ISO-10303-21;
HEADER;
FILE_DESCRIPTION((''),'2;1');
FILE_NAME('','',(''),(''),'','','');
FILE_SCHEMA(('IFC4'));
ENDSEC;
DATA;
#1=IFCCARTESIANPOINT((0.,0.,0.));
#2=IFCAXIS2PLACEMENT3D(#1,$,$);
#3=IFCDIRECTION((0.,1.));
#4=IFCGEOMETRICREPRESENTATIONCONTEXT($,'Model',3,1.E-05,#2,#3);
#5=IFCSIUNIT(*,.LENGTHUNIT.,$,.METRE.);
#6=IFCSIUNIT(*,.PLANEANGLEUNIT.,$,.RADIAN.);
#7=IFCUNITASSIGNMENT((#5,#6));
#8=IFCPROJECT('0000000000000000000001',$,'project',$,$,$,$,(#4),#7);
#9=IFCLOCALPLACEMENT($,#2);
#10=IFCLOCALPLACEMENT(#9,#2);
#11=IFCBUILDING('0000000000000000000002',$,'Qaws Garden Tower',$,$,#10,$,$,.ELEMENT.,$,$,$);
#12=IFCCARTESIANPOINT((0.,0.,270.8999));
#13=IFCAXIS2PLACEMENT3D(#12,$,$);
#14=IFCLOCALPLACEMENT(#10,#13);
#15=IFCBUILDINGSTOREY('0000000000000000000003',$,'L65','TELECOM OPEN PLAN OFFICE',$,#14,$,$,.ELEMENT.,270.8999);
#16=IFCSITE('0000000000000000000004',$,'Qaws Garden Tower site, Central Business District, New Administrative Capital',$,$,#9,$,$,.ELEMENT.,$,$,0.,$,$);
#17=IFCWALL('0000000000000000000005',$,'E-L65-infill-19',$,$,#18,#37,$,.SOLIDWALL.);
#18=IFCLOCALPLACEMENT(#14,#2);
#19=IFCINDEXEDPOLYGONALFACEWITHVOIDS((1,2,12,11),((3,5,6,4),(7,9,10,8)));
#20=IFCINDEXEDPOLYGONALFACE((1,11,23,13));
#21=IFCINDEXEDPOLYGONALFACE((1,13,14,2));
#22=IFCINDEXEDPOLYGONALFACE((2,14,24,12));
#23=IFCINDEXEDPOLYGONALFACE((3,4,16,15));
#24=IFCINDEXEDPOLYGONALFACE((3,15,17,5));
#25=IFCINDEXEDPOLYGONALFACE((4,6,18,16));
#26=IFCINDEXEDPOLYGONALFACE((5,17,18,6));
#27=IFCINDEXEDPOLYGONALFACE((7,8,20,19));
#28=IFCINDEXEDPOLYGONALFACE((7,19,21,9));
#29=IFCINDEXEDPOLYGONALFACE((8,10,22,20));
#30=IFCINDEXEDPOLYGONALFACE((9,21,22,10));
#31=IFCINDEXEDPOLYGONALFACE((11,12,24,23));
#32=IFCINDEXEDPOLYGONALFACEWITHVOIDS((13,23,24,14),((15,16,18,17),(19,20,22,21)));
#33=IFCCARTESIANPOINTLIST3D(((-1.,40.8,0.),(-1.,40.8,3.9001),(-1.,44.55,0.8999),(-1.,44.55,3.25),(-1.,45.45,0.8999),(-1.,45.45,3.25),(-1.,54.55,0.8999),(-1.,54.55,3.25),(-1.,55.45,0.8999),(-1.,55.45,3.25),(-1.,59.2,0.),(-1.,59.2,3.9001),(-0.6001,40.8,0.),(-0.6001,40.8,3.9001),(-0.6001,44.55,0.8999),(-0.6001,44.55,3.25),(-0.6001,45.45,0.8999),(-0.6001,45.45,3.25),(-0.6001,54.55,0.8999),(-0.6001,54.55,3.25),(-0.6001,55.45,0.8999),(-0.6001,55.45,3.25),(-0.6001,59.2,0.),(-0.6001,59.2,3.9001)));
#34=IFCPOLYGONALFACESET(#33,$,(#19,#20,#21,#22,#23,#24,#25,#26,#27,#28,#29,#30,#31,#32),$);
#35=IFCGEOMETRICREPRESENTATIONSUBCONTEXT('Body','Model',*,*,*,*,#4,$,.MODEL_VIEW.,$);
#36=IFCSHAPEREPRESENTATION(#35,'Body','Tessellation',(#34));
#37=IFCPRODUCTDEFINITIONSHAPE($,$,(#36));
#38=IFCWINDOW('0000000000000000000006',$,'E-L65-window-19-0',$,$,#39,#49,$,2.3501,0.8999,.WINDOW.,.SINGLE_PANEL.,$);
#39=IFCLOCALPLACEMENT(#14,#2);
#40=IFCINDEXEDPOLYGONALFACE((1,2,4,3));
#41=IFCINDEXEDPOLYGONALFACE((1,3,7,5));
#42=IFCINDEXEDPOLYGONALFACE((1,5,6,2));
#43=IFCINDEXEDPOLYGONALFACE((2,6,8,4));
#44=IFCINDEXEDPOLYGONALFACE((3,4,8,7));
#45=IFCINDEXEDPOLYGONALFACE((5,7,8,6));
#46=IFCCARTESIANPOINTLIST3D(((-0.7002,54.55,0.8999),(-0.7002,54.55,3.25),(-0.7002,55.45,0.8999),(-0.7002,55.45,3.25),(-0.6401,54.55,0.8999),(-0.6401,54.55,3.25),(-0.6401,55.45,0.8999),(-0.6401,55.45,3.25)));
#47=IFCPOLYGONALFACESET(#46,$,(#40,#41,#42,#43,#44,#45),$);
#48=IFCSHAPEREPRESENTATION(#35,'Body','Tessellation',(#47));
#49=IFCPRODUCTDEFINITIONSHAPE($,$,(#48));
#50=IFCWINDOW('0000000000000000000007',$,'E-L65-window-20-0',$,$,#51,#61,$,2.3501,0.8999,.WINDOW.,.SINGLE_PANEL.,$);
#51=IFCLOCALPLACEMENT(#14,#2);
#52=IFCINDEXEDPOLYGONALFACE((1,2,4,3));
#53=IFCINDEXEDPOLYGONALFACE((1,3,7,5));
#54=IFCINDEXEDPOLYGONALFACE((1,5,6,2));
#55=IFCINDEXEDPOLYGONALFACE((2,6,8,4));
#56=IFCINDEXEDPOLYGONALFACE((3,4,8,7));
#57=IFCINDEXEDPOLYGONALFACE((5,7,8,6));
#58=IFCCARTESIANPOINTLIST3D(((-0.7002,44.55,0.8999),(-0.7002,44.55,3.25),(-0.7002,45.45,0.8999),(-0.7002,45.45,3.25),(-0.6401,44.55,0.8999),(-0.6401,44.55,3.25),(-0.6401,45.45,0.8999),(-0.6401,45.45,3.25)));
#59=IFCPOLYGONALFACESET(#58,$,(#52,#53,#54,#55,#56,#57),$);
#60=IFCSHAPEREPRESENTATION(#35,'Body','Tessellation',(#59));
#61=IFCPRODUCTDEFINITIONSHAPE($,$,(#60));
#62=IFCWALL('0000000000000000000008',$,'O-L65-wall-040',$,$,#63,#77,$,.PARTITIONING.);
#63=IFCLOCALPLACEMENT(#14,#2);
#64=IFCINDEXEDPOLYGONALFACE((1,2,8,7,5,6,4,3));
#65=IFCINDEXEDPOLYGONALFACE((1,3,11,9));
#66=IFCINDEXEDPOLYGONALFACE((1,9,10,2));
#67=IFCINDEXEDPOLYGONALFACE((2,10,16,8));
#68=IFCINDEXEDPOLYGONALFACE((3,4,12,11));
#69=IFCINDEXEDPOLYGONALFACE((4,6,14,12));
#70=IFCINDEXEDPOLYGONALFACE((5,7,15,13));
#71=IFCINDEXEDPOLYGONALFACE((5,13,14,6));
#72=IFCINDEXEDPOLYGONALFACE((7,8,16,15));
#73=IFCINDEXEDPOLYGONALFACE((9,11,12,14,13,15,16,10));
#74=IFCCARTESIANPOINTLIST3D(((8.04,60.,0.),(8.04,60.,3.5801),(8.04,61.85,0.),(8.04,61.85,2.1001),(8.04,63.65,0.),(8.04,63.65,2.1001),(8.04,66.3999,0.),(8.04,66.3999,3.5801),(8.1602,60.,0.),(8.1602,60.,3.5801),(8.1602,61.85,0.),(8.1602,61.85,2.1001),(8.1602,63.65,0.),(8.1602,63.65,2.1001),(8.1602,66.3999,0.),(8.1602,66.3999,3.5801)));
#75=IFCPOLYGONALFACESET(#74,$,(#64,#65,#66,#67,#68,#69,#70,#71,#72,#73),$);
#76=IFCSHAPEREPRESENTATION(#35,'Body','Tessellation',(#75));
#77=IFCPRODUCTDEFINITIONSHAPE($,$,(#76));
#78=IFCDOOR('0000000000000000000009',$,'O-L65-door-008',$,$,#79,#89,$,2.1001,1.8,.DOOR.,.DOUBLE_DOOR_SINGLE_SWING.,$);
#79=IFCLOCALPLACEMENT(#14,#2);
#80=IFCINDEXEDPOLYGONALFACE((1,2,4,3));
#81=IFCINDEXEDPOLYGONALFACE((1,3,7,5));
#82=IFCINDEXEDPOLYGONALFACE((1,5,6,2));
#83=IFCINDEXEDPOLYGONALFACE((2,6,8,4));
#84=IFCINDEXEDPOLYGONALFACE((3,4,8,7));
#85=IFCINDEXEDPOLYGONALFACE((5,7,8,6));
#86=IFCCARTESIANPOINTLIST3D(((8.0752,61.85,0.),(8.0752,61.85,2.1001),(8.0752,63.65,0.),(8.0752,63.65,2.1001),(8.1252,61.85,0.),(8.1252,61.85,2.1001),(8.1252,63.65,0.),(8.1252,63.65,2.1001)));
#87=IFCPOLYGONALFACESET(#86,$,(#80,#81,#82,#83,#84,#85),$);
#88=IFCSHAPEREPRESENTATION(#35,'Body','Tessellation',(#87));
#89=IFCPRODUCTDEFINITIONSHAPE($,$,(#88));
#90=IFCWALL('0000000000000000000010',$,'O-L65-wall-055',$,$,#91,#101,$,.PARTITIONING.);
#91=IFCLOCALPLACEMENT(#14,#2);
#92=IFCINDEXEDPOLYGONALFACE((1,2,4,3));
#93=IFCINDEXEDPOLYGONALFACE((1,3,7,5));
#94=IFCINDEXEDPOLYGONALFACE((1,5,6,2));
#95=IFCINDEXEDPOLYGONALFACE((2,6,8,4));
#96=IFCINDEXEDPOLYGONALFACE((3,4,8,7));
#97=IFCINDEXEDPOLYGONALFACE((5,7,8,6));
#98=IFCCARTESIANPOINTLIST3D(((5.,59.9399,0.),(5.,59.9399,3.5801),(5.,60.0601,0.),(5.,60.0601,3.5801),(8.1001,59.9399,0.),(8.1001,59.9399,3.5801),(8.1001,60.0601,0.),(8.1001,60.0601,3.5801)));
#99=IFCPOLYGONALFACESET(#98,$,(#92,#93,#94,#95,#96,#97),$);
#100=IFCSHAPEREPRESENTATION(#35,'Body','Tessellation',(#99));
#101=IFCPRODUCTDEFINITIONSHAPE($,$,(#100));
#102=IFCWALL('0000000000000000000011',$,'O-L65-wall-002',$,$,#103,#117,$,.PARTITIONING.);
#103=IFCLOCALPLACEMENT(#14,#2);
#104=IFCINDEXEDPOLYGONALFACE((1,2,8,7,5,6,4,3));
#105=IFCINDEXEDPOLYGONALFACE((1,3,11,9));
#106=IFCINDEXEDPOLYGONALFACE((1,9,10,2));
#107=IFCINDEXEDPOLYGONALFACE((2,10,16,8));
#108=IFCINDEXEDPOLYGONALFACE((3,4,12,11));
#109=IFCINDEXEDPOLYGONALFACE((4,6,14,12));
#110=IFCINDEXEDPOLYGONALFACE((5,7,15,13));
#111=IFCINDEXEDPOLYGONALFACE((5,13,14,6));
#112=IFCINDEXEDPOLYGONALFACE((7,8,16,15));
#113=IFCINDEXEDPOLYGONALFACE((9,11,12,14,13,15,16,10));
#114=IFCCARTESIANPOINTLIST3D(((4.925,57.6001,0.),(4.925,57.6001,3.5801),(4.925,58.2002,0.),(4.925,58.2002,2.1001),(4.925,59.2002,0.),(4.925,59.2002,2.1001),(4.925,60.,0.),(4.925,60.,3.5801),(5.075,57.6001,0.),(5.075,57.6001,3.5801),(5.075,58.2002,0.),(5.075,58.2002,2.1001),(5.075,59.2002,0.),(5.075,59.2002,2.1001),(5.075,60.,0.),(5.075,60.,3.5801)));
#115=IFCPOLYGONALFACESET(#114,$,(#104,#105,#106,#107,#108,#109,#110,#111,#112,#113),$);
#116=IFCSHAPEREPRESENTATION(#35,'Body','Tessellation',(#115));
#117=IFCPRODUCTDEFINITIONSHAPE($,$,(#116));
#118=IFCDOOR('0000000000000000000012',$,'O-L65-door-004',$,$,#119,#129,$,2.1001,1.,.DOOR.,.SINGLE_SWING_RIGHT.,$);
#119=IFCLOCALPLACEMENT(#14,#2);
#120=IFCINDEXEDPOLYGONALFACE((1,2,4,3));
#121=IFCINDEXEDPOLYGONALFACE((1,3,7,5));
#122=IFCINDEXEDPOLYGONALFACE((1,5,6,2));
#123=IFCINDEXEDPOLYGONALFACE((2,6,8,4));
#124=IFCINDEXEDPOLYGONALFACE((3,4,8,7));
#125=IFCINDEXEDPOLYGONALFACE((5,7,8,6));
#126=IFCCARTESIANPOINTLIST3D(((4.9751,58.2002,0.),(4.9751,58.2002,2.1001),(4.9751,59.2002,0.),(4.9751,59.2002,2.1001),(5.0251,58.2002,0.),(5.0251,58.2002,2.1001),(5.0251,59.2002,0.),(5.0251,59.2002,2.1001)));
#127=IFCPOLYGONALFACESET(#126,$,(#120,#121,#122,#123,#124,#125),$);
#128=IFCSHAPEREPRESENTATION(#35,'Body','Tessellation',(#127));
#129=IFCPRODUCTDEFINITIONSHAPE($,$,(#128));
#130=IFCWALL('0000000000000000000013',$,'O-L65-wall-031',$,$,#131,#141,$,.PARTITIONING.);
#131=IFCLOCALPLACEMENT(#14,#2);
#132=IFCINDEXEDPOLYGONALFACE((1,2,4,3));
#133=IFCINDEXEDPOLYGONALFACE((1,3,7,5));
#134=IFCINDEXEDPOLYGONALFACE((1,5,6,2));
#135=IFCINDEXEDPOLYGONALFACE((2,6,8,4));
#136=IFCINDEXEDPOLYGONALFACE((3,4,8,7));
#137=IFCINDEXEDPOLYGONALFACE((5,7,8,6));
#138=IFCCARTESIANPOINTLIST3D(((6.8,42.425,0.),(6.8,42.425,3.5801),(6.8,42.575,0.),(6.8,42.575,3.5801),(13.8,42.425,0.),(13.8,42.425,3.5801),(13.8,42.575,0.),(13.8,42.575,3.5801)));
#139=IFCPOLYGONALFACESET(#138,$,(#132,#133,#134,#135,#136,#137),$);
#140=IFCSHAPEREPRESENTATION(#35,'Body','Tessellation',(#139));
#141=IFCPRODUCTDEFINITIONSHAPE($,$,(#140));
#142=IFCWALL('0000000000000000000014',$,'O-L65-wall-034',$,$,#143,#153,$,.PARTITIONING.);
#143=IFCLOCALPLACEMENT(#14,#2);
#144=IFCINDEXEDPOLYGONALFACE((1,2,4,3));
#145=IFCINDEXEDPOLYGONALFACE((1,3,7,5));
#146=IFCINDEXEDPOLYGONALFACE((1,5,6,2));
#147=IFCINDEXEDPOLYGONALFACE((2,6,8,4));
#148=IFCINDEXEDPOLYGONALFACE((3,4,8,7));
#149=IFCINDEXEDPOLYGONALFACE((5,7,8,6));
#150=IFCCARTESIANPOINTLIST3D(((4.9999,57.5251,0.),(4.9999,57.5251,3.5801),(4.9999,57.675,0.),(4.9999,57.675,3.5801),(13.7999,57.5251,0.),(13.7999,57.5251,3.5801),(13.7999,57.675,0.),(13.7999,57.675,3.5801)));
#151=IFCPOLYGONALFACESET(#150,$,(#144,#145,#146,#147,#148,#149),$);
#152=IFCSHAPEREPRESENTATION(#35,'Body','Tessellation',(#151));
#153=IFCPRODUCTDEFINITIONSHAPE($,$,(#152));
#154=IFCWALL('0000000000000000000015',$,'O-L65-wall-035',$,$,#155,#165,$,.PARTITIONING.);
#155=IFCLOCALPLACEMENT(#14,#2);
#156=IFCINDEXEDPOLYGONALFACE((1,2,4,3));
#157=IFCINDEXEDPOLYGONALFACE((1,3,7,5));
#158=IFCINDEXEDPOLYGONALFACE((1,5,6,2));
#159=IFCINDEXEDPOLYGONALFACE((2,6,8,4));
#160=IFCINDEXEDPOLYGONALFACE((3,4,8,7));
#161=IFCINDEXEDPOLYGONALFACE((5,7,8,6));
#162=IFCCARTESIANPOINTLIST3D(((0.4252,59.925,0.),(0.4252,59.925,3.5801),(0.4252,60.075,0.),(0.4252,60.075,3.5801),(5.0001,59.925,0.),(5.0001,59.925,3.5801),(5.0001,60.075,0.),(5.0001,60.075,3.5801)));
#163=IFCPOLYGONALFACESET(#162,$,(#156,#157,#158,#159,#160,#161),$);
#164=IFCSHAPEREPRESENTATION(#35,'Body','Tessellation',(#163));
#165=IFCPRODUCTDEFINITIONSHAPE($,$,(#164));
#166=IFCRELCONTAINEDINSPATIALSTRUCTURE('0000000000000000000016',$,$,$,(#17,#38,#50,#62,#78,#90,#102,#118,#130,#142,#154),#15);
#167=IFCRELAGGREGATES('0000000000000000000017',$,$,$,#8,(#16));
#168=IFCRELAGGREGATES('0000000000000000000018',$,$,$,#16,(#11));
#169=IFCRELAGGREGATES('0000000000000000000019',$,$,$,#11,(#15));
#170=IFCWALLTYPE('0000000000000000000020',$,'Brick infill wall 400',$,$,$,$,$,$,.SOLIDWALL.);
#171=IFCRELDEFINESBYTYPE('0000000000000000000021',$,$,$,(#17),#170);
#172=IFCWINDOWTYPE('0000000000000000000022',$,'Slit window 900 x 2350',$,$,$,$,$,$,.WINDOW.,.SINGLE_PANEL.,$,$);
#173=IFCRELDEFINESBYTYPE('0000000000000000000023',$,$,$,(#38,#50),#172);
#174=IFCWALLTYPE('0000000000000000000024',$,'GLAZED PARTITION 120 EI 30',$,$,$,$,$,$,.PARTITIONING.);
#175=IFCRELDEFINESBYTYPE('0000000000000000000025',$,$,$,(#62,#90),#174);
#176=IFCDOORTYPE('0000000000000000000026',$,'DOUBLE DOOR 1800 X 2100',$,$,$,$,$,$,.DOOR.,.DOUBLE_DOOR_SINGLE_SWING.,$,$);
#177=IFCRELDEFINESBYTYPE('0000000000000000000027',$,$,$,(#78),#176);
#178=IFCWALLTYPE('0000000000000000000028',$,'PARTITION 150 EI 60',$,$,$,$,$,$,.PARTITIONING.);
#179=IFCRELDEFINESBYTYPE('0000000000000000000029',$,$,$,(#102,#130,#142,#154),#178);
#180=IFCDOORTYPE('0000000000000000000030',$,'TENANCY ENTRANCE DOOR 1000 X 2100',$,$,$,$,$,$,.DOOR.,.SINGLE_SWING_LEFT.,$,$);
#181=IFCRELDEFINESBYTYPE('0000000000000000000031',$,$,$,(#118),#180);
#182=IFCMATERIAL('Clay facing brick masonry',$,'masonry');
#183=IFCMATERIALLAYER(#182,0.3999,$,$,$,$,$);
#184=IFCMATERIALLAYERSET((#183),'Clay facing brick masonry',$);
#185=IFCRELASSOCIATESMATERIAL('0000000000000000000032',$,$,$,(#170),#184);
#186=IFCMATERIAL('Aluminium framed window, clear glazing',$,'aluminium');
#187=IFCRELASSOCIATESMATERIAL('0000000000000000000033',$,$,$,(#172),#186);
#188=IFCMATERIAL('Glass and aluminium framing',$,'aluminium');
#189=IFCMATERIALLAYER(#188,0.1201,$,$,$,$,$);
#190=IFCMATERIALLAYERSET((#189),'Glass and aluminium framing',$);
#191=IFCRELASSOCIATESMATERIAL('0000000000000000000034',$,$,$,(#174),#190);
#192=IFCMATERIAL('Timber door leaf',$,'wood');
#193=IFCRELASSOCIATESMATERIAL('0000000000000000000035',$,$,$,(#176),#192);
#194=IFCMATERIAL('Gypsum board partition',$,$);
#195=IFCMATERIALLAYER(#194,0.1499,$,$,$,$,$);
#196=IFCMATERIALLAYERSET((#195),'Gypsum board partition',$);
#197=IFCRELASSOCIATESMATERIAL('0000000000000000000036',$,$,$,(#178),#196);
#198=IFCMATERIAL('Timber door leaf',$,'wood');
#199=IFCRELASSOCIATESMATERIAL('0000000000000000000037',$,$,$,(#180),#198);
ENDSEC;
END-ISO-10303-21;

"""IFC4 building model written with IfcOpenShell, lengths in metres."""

from ifc_helpers import new_model, si_unit, direction, frame, frame_2d, origin, place, context, subcontext, project, spatial, rectangle, extrude, material, layer, layer_set, type_object, element, fill, save


model = new_model("IFC4")

# Units and contexts
model_context = context("Model", 3, precision=1e-05, world=origin(), true_north=direction((0.0, 1.0)))
body_context = subcontext(model_context, "Body", "Model", "MODEL_VIEW")
ifc_project = project(units=[si_unit("LENGTHUNIT", "METRE"), si_unit("PLANEANGLEUNIT", "RADIAN")], contexts=[model_context])

# Site, building, storey
site_placement = place(None, origin())
site = spatial("IfcSite", under=ifc_project, at=site_placement, Name="Qaws Garden Tower site, Central Business District, New Administrative Capital", CompositionType="ELEMENT", RefElevation=0.0)
building_placement = place(site_placement, origin())
building = spatial("IfcBuilding", under=site, at=building_placement, Name="Qaws Garden Tower", CompositionType="ELEMENT")
storey_placement = place(building_placement, frame((0.0, 0.0, 270.8999)))
storey = spatial("IfcBuildingStorey", under=building, at=storey_placement, Name="L65", Description="TELECOM OPEN PLAN OFFICE", CompositionType="ELEMENT", Elevation=270.8999)

# Shared definitions
ifc_material_1 = material(Name="Clay facing brick masonry", Category="masonry")
ifc_layer_1 = layer(ifc_material_1, 0.3999)
ifc_layer_set_1 = layer_set([ifc_layer_1], Name="Clay facing brick masonry")
wall_type_1 = type_object("IfcWallType", Name="Brick infill wall 400", PredefinedType="SOLIDWALL", material=ifc_layer_set_1)

# Wall, openings, windows
wall_1_placement = place(storey_placement, frame((-0.8, 59.2, 0.0), z_axis=(0.0, 0.0, 1.0), x_axis=(0.0, -1.0, 0.0)))
wall_1 = element("IfcWall", 1, at=wall_1_placement, inside=storey, type_object=wall_type_1, Name="E-L65-infill-19", PredefinedType="SOLIDWALL", context=body_context, shape_type="SweptSolid", body=[
    extrude(rectangle(XDim=18.3999, YDim=0.3999, at=frame_2d((9.2, 0.0))), origin(), (0.0, 0.0, 1.0), 3.9001),
])
opening_1_placement = place(wall_1_placement, frame((3.75, 0.0, 0.8999)))
opening_1 = element("IfcOpeningElement", 2, at=opening_1_placement, cuts=wall_1, PredefinedType="OPENING", context=body_context, shape_type="SweptSolid", body=[
    extrude(rectangle(XDim=0.8999, YDim=2.3501, at=frame_2d((0.45, 1.175))), frame((0.0, 0.21, 0.0), z_axis=(0.0, -1.0, 0.0), x_axis=(1.0, 0.0, 0.0)), (0.0, 0.0, 1.0), 0.4199),
])
opening_2_placement = place(wall_1_placement, frame((13.75, 0.0, 0.8999)))
opening_2 = element("IfcOpeningElement", 3, at=opening_2_placement, cuts=wall_1, PredefinedType="OPENING", context=body_context, shape_type="SweptSolid", body=[
    extrude(rectangle(XDim=0.8999, YDim=2.3501, at=frame_2d((0.45, 1.175))), frame((0.0, 0.21, 0.0), z_axis=(0.0, -1.0, 0.0), x_axis=(1.0, 0.0, 0.0)), (0.0, 0.0, 1.0), 0.4199),
])
ifc_material_2 = material(Name="Aluminium framed window, clear glazing", Category="aluminium")
window_type_1 = type_object("IfcWindowType", Name="Slit window 900 x 2350", PartitioningType="SINGLE_PANEL", PredefinedType="WINDOW", material=ifc_material_2)
window_1_placement = place(opening_1_placement, origin())
window_1 = element("IfcWindow", 4, at=window_1_placement, inside=storey, type_object=window_type_1, Name="E-L65-window-19-0", OverallHeight=2.3501, OverallWidth=0.8999, PartitioningType="SINGLE_PANEL", PredefinedType="WINDOW", context=body_context, shape_type="SweptSolid", body=[
    extrude(rectangle(XDim=0.8999, YDim=2.3501, at=frame_2d((0.45, 1.175))), frame((0.0, 0.1599, 0.0), z_axis=(0.0, -1.0, 0.0), x_axis=(1.0, 0.0, 0.0)), (0.0, 0.0, 1.0), 0.0601),
])
fill(opening_1, window_1)
window_2_placement = place(opening_2_placement, origin())
window_2 = element("IfcWindow", 5, at=window_2_placement, inside=storey, type_object=window_type_1, Name="E-L65-window-20-0", OverallHeight=2.3501, OverallWidth=0.8999, PartitioningType="SINGLE_PANEL", PredefinedType="WINDOW", context=body_context, shape_type="SweptSolid", body=[
    extrude(rectangle(XDim=0.8999, YDim=2.3501, at=frame_2d((0.45, 1.175))), frame((0.0, 0.1599, 0.0), z_axis=(0.0, -1.0, 0.0), x_axis=(1.0, 0.0, 0.0)), (0.0, 0.0, 1.0), 0.0601),
])
fill(opening_2, window_2)

# Wall, opening, door
ifc_material_3 = material(Name="Glass and aluminium framing", Category="aluminium")
ifc_layer_2 = layer(ifc_material_3, 0.1201)
ifc_layer_set_2 = layer_set([ifc_layer_2], Name="Glass and aluminium framing")
wall_type_2 = type_object("IfcWallType", Name="GLAZED PARTITION 120 EI 30", PredefinedType="PARTITIONING", material=ifc_layer_set_2)
wall_2_placement = place(storey_placement, frame((8.1001, 60.0, 0.0), z_axis=(0.0, 0.0, 1.0), x_axis=(0.0, 1.0, 0.0)))
wall_2 = element("IfcWall", 6, at=wall_2_placement, inside=storey, type_object=wall_type_2, Name="O-L65-wall-040", PredefinedType="PARTITIONING", context=body_context, shape_type="SweptSolid", body=[
    extrude(rectangle(XDim=6.3999, YDim=0.1201, at=frame_2d((3.2, 0.0))), origin(), (0.0, 0.0, 1.0), 3.5801),
])
opening_3_placement = place(wall_2_placement, frame((1.8501, 0.0, 0.0)))
opening_3 = element("IfcOpeningElement", 7, at=opening_3_placement, cuts=wall_2, PredefinedType="OPENING", context=body_context, shape_type="SweptSolid", body=[
    extrude(rectangle(XDim=1.8, YDim=2.1001, at=frame_2d((0.8999, 1.05))), frame((0.0, 0.0701, 0.0), z_axis=(0.0, -1.0, 0.0), x_axis=(1.0, 0.0, 0.0)), (0.0, 0.0, 1.0), 0.1401),
])
ifc_material_4 = material(Name="Timber door leaf", Category="wood")
door_type_1 = type_object("IfcDoorType", Name="DOUBLE DOOR 1800 X 2100", OperationType="DOUBLE_DOOR_SINGLE_SWING", PredefinedType="DOOR", material=ifc_material_4)
door_1_placement = place(opening_3_placement, origin())
door_1 = element("IfcDoor", 8, at=door_1_placement, inside=storey, type_object=door_type_1, Name="O-L65-door-008", OperationType="DOUBLE_DOOR_SINGLE_SWING", OverallHeight=2.1001, OverallWidth=1.8, PredefinedType="DOOR", context=body_context, shape_type="SweptSolid", body=[
    extrude(rectangle(XDim=1.8, YDim=2.1001, at=frame_2d((0.8999, 1.05))), frame((0.0, 0.0249, 0.0), z_axis=(0.0, -1.0, 0.0), x_axis=(1.0, 0.0, 0.0)), (0.0, 0.0, 1.0), 0.05),
])
fill(opening_3, door_1)

# Wall
wall_3_placement = place(storey_placement, frame((5.0, 60.0, 0.0), z_axis=(0.0, 0.0, 1.0), x_axis=(1.0, 0.0, 0.0)))
element("IfcWall", 9, at=wall_3_placement, inside=storey, type_object=wall_type_2, Name="O-L65-wall-055", PredefinedType="PARTITIONING", context=body_context, shape_type="SweptSolid", body=[
    extrude(rectangle(XDim=3.1001, YDim=0.1201, at=frame_2d((1.55, 0.0))), origin(), (0.0, 0.0, 1.0), 3.5801),
])

# Wall, opening, door
ifc_material_5 = material(Name="Gypsum board partition")
ifc_layer_3 = layer(ifc_material_5, 0.1499)
ifc_layer_set_3 = layer_set([ifc_layer_3], Name="Gypsum board partition")
wall_type_3 = type_object("IfcWallType", Name="PARTITION 150 EI 60", PredefinedType="PARTITIONING", material=ifc_layer_set_3)
wall_4_placement = place(storey_placement, frame((5.0, 57.6001, 0.0), z_axis=(0.0, 0.0, 1.0), x_axis=(0.0, 1.0, 0.0)))
wall_4 = element("IfcWall", 10, at=wall_4_placement, inside=storey, type_object=wall_type_3, Name="O-L65-wall-002", PredefinedType="PARTITIONING", context=body_context, shape_type="SweptSolid", body=[
    extrude(rectangle(XDim=2.3999, YDim=0.1499, at=frame_2d((1.2, 0.0))), origin(), (0.0, 0.0, 1.0), 3.5801),
])
opening_4_placement = place(wall_4_placement, frame((0.6001, 0.0, 0.0)))
opening_4 = element("IfcOpeningElement", 11, at=opening_4_placement, cuts=wall_4, PredefinedType="OPENING", context=body_context, shape_type="SweptSolid", body=[
    extrude(rectangle(XDim=1.0, YDim=2.1001, at=frame_2d((0.5, 1.05))), frame((0.0, 0.085, 0.0), z_axis=(0.0, -1.0, 0.0), x_axis=(1.0, 0.0, 0.0)), (0.0, 0.0, 1.0), 0.1699),
])
ifc_material_6 = material(Name="Timber door leaf", Category="wood")
door_type_2 = type_object("IfcDoorType", Name="TENANCY ENTRANCE DOOR 1000 X 2100", OperationType="SINGLE_SWING_LEFT", PredefinedType="DOOR", material=ifc_material_6)
door_2_placement = place(opening_4_placement, origin())
door_2 = element("IfcDoor", 12, at=door_2_placement, inside=storey, type_object=door_type_2, Name="O-L65-door-004", OperationType="SINGLE_SWING_RIGHT", OverallHeight=2.1001, OverallWidth=1.0, PredefinedType="DOOR", context=body_context, shape_type="SweptSolid", body=[
    extrude(rectangle(XDim=1.0, YDim=2.1001, at=frame_2d((0.5, 1.05))), frame((0.0, 0.0249, 0.0), z_axis=(0.0, -1.0, 0.0), x_axis=(1.0, 0.0, 0.0)), (0.0, 0.0, 1.0), 0.05),
])
fill(opening_4, door_2)

# Walls
wall_5_placement = place(storey_placement, frame((6.8, 42.5, 0.0), z_axis=(0.0, 0.0, 1.0), x_axis=(1.0, 0.0, 0.0)))
element("IfcWall", 13, at=wall_5_placement, inside=storey, type_object=wall_type_3, Name="O-L65-wall-031", PredefinedType="PARTITIONING", context=body_context, shape_type="SweptSolid", body=[
    extrude(rectangle(XDim=7.0, YDim=0.1499, at=frame_2d((3.5, 0.0))), origin(), (0.0, 0.0, 1.0), 3.5801),
])
wall_6_placement = place(storey_placement, frame((5.0, 57.6001, 0.0), z_axis=(0.0, 0.0, 1.0), x_axis=(1.0, 0.0, 0.0)))
element("IfcWall", 14, at=wall_6_placement, inside=storey, type_object=wall_type_3, Name="O-L65-wall-034", PredefinedType="PARTITIONING", context=body_context, shape_type="SweptSolid", body=[
    extrude(rectangle(XDim=8.8, YDim=0.1499, at=frame_2d((4.3999, 0.0))), origin(), (0.0, 0.0, 1.0), 3.5801),
])
wall_7_placement = place(storey_placement, frame((0.425, 60.0, 0.0), z_axis=(0.0, 0.0, 1.0), x_axis=(1.0, 0.0, 0.0)))
element("IfcWall", 15, at=wall_7_placement, inside=storey, type_object=wall_type_3, Name="O-L65-wall-035", PredefinedType="PARTITIONING", context=body_context, shape_type="SweptSolid", body=[
    extrude(rectangle(XDim=4.575, YDim=0.1499, at=frame_2d((2.2876, 0.0))), origin(), (0.0, 0.0, 1.0), 3.5801),
])

save(model, "model.ifc")
